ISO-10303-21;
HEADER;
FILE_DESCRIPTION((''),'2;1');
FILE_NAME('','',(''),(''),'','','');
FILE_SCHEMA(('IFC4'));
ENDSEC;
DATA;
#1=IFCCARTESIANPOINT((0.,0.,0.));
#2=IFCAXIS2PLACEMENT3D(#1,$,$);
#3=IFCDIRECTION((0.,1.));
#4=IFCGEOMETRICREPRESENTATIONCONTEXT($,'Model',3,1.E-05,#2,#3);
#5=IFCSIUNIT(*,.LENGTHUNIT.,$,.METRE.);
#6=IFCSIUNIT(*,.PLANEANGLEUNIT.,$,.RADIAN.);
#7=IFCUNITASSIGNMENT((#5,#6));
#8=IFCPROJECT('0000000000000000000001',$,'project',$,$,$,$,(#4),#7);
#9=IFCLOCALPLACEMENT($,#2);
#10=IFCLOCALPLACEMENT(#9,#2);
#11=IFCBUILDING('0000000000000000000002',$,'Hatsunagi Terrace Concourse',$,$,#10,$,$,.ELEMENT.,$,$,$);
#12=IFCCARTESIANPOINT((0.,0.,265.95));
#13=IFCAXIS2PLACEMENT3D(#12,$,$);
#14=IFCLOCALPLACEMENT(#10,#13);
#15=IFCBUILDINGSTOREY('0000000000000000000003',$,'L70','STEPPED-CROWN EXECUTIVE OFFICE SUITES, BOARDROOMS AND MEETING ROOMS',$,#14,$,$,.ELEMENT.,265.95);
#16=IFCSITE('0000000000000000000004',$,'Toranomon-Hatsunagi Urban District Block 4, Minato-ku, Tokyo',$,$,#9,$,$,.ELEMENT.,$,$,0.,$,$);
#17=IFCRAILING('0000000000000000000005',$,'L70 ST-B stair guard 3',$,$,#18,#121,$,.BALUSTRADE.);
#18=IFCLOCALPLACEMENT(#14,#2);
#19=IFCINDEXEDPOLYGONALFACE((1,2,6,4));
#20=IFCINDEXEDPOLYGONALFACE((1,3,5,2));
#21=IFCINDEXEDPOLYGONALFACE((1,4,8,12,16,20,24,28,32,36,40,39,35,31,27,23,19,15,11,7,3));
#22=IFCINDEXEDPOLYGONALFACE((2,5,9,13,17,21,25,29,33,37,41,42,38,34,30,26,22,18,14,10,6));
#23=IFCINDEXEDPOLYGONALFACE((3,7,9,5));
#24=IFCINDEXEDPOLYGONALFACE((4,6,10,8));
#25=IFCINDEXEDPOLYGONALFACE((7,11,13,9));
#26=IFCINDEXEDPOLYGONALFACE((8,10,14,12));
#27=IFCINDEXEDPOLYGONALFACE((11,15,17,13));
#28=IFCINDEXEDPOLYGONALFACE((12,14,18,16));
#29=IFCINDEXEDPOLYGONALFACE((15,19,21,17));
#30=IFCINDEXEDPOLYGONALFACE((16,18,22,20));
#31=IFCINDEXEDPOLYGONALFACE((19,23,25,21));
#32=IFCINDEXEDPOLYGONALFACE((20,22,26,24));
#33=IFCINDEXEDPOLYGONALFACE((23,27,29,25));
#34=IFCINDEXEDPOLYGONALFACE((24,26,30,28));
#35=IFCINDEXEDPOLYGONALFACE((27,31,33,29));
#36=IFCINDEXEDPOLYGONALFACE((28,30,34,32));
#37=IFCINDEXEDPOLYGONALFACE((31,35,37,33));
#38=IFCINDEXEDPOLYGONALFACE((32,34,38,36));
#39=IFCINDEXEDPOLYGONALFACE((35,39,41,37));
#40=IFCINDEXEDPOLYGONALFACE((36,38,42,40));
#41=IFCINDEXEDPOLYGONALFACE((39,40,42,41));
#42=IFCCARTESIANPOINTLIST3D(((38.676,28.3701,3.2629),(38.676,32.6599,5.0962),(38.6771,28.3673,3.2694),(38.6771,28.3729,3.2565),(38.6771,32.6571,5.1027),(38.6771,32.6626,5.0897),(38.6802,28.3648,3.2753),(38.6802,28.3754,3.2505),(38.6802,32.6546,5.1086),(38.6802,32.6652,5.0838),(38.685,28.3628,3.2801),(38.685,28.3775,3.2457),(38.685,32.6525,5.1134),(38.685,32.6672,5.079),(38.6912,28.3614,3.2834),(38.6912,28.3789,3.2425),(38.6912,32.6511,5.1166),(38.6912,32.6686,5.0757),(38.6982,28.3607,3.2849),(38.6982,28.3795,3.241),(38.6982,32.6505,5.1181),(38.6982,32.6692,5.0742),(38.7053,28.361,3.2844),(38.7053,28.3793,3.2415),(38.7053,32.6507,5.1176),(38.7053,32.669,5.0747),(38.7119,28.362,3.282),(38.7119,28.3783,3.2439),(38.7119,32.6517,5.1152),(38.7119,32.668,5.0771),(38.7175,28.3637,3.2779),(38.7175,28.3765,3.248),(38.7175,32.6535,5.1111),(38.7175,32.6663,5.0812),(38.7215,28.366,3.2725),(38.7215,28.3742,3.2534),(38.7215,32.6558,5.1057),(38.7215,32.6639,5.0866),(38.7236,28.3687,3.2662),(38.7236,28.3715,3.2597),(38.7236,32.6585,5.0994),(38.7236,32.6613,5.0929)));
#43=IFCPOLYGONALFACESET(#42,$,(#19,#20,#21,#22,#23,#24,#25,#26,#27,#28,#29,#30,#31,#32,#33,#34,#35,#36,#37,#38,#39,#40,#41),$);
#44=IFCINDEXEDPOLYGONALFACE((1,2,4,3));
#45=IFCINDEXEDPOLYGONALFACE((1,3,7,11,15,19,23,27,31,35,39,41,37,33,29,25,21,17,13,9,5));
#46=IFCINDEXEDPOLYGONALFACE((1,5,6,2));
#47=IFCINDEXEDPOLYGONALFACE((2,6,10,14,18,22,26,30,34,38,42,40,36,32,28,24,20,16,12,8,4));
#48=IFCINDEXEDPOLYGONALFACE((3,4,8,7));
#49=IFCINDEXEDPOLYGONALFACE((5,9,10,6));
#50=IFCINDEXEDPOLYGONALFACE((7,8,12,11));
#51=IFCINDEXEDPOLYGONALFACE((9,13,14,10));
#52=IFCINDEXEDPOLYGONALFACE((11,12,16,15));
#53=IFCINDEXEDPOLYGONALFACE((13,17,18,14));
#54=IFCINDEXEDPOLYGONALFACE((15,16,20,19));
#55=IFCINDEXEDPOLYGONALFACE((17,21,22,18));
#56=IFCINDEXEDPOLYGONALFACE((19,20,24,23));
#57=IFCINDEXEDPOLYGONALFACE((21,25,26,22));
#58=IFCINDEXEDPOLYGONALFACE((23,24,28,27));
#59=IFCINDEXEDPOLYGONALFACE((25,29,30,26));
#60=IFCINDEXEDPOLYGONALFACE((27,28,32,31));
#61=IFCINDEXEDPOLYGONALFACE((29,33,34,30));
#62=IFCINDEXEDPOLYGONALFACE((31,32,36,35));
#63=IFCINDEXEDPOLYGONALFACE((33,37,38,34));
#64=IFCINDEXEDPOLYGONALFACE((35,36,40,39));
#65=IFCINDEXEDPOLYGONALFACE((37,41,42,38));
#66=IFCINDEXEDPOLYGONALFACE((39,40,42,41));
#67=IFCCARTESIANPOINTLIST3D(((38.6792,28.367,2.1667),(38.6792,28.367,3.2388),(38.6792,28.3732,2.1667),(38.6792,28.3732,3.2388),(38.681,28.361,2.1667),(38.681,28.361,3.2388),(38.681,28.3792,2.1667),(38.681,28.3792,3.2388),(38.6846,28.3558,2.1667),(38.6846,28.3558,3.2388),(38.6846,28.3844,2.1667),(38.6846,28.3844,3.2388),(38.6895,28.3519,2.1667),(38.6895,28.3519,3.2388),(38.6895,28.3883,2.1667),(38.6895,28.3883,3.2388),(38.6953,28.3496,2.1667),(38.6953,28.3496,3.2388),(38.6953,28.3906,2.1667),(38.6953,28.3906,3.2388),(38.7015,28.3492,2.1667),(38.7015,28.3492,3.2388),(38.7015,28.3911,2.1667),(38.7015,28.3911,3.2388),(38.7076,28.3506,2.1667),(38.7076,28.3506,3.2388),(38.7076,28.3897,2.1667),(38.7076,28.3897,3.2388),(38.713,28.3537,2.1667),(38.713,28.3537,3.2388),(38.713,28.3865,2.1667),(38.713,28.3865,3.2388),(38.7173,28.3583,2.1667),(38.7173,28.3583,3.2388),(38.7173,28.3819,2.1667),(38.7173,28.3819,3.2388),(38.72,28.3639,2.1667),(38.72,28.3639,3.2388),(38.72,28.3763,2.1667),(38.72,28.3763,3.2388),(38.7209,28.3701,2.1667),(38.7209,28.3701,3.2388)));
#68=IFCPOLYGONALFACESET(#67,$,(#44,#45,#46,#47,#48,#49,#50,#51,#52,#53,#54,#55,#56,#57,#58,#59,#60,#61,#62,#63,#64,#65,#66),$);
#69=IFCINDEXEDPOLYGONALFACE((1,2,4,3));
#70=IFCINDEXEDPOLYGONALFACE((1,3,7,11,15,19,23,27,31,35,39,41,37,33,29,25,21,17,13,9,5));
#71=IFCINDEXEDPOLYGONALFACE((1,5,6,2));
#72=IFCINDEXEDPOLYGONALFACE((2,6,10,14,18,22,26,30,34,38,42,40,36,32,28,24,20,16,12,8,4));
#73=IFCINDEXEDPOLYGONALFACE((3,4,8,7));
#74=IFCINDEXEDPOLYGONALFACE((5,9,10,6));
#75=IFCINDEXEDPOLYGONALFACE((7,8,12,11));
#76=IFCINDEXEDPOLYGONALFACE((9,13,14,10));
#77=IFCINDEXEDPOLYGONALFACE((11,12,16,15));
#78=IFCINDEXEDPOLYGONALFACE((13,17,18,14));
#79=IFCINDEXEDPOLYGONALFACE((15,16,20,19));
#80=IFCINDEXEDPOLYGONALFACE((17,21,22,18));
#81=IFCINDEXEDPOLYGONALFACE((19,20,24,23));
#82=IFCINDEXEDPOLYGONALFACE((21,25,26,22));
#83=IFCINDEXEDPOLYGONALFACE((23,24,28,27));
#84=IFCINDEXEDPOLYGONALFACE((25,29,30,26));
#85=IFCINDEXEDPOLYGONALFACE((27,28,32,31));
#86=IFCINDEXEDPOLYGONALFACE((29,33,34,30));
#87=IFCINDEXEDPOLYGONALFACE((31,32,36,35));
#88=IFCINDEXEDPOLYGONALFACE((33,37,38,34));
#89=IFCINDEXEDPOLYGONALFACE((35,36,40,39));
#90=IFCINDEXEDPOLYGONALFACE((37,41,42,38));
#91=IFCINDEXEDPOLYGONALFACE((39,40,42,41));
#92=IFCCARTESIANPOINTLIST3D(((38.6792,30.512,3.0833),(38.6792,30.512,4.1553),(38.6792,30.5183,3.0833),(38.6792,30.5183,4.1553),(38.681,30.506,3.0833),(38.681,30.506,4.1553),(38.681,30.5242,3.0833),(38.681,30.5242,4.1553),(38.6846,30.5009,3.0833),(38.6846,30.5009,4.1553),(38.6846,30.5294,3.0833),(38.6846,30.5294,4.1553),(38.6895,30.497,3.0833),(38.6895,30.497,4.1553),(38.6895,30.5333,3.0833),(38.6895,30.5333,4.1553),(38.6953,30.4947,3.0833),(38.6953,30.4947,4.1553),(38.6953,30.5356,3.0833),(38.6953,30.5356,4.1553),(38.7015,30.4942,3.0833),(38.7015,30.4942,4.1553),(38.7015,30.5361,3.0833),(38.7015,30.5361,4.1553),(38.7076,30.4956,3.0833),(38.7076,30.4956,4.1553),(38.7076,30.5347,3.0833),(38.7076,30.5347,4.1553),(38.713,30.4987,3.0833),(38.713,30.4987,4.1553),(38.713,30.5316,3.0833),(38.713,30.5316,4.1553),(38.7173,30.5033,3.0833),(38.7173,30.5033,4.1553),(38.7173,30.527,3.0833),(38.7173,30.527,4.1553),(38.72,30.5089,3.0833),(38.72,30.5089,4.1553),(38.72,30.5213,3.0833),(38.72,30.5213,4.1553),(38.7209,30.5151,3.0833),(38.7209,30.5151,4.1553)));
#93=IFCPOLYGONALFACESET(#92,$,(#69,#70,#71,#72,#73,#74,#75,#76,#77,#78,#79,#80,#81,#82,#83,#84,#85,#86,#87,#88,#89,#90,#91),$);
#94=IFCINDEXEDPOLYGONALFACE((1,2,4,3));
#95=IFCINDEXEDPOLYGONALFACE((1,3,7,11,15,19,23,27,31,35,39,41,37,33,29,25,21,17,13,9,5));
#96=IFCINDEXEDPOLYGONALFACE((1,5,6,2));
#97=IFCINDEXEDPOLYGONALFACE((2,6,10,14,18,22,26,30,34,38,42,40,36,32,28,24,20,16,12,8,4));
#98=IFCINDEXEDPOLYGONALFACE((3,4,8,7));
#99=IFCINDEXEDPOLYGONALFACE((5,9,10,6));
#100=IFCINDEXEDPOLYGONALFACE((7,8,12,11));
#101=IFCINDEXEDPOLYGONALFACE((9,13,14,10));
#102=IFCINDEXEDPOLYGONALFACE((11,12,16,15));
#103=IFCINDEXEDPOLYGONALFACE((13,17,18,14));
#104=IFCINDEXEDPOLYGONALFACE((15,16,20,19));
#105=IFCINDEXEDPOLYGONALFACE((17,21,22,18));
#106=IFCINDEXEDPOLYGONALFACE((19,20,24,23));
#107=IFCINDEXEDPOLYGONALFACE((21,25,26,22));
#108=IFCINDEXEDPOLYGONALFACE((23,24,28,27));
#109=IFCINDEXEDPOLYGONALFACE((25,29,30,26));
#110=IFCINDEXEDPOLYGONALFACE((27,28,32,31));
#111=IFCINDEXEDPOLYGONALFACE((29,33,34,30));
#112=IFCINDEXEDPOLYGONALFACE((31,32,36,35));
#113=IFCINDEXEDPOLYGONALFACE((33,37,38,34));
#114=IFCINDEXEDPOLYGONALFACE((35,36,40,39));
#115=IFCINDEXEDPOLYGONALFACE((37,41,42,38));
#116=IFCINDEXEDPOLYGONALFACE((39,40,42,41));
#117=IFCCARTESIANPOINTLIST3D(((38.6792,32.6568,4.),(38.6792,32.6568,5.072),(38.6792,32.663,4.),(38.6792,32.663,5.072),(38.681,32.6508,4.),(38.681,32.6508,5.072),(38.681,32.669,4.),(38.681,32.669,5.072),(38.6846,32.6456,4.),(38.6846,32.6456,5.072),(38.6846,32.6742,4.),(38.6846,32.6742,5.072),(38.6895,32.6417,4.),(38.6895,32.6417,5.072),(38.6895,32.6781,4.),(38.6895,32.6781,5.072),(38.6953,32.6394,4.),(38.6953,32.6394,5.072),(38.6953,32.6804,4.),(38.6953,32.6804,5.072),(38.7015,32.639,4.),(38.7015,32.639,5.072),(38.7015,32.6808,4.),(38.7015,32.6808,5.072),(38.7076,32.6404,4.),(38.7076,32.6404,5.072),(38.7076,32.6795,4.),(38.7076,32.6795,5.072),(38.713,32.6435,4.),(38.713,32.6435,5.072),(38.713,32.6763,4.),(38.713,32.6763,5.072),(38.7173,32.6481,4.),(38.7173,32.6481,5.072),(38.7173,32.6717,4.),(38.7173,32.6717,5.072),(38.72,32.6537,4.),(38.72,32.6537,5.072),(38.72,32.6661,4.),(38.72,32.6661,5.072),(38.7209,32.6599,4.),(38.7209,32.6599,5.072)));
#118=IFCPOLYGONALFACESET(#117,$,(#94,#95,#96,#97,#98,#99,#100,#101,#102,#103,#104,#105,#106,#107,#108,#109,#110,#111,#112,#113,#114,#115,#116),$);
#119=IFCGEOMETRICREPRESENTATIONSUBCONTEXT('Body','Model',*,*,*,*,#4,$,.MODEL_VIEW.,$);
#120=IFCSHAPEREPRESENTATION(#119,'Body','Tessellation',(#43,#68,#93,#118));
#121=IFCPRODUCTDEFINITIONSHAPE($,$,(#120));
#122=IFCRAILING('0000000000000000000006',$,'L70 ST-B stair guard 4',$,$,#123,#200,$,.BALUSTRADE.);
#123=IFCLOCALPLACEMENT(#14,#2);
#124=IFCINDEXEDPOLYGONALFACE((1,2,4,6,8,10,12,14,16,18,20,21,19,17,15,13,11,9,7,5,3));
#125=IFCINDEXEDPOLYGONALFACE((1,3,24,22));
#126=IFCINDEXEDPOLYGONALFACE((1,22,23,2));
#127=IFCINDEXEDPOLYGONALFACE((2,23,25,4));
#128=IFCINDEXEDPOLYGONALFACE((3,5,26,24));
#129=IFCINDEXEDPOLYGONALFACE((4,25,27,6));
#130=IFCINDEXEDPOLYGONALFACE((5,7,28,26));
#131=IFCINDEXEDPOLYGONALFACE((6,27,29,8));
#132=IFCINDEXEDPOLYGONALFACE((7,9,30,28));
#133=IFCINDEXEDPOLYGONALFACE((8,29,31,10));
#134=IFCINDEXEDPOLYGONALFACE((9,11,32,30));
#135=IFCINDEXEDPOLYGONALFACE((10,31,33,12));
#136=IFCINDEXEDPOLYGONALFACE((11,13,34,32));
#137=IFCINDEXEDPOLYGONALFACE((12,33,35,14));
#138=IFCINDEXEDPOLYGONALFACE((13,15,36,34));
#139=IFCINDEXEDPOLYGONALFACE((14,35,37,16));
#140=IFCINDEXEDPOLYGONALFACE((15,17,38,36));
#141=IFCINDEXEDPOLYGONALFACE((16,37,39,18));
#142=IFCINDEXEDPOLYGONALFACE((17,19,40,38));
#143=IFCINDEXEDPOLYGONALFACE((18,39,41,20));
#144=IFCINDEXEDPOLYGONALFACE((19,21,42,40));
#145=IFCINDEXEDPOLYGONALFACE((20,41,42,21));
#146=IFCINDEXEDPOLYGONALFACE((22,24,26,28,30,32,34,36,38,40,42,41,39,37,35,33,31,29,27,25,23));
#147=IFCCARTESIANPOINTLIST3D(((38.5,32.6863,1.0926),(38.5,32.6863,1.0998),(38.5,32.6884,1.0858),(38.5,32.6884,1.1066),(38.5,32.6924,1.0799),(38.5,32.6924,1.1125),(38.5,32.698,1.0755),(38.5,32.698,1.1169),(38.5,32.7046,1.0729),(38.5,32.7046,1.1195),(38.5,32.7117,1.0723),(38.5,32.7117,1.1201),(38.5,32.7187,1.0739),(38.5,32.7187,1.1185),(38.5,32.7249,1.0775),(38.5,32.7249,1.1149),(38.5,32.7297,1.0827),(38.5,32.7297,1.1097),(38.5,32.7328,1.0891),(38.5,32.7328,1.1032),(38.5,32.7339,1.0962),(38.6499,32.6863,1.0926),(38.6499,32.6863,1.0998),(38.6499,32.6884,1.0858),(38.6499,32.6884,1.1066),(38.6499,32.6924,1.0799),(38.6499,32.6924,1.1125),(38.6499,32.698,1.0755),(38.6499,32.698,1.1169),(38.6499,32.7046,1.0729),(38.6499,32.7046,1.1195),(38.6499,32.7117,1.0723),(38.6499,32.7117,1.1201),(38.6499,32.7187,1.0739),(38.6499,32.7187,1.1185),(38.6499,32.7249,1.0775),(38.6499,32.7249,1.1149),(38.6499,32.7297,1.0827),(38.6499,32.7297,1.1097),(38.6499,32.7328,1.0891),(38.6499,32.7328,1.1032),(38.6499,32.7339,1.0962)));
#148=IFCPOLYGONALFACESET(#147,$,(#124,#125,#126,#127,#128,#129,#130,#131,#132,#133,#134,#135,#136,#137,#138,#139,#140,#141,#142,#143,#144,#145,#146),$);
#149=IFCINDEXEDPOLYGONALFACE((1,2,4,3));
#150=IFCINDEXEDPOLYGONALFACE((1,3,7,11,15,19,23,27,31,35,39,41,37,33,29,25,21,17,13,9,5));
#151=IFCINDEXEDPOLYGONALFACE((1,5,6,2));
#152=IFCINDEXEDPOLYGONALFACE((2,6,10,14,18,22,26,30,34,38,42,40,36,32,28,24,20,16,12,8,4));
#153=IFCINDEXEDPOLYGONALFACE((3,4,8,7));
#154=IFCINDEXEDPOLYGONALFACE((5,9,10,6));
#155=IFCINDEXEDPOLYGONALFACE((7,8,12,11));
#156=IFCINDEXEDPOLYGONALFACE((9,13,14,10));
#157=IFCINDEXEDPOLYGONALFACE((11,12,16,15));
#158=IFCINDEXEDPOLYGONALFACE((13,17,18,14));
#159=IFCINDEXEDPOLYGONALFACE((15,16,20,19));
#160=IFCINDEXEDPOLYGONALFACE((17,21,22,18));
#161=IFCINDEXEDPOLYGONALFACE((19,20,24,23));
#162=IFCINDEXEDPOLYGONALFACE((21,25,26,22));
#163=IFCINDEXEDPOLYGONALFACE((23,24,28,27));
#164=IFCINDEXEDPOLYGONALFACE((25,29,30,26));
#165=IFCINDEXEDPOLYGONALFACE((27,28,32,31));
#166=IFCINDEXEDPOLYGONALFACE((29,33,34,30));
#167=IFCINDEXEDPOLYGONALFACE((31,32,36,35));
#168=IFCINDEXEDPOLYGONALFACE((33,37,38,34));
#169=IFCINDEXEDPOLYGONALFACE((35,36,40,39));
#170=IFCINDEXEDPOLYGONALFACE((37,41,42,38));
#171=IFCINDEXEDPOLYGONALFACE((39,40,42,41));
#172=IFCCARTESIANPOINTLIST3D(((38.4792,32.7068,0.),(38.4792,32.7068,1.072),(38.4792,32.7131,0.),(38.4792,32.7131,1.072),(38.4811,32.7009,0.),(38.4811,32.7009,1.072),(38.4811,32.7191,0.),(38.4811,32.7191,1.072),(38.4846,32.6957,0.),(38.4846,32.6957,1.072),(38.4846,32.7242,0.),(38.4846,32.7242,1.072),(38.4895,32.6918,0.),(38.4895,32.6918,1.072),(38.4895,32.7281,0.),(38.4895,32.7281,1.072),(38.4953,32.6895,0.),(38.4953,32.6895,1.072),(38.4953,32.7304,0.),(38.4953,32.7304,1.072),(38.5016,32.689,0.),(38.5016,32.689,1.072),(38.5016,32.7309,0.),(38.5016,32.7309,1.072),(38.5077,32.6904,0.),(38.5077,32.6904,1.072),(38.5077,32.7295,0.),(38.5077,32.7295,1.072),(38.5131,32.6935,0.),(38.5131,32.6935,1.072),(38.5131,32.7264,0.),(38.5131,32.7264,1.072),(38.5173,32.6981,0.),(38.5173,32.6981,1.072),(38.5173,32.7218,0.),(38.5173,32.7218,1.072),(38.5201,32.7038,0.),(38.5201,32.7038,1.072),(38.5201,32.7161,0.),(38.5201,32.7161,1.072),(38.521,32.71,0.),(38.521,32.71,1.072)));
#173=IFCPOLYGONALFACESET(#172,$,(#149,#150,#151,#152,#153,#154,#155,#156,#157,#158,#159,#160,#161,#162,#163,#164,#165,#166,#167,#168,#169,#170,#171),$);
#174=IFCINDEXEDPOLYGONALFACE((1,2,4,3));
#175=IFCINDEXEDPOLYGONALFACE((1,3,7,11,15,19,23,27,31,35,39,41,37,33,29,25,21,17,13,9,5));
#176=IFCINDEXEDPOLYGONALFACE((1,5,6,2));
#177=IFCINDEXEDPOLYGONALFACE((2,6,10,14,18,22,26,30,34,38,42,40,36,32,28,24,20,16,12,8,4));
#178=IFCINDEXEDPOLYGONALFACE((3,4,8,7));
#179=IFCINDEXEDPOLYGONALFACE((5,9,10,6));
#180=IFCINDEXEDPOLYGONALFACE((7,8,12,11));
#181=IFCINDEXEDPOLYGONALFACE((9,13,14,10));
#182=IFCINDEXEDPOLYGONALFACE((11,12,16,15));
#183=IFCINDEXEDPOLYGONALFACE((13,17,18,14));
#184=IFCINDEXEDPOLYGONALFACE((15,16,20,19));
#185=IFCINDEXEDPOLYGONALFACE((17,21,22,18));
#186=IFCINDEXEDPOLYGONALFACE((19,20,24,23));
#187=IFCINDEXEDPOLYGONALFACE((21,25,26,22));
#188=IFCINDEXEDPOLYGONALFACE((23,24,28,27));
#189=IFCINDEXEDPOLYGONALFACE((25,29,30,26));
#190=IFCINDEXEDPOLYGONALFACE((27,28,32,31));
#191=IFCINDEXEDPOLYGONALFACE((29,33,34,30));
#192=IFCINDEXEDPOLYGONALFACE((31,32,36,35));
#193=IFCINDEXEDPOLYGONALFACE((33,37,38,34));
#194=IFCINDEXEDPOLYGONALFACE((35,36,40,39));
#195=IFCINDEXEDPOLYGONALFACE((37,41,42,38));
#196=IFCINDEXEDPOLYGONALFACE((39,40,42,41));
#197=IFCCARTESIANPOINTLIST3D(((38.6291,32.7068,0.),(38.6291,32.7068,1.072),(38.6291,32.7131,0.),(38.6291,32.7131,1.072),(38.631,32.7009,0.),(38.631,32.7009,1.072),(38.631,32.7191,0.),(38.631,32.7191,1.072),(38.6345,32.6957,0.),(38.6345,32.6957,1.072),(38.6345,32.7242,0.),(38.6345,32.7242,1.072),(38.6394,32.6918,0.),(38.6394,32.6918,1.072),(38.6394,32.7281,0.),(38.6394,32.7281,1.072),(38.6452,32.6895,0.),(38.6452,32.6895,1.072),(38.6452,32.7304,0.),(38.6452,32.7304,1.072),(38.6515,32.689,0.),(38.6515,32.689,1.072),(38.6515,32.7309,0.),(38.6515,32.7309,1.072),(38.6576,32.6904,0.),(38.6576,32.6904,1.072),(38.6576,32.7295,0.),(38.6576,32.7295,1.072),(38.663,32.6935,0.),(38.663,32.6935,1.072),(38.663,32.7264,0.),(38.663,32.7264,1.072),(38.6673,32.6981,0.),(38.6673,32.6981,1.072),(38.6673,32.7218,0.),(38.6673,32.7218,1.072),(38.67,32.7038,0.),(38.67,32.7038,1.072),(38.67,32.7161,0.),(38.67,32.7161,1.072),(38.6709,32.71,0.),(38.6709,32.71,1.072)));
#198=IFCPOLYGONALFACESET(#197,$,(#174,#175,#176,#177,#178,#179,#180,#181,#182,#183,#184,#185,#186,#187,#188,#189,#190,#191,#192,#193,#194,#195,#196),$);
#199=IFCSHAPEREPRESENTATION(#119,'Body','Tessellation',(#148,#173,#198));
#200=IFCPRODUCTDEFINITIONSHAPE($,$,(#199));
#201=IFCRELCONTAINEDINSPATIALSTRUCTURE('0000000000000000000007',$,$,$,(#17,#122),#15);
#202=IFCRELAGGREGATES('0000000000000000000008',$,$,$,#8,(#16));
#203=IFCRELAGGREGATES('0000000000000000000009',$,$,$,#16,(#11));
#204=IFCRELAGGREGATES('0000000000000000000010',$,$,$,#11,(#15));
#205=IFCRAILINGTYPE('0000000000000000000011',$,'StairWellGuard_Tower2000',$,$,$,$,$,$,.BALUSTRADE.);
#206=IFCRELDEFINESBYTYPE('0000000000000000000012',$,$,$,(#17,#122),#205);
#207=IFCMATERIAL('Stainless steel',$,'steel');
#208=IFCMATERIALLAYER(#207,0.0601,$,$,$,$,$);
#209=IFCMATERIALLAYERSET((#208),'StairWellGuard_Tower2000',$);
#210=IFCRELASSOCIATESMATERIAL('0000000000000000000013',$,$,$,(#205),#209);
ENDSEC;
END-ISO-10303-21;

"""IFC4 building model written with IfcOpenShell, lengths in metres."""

from ifc_helpers import new_model, si_unit, direction, frame, origin, origin_2d, place, context, subcontext, project, spatial, circle, extrude, material, layer, layer_set, type_object, element, save


model = new_model("IFC4")

# Units and contexts
model_context = context("Model", 3, precision=1e-05, world=origin(), true_north=direction((0.0, 1.0)))
body_context = subcontext(model_context, "Body", "Model", "MODEL_VIEW")
ifc_project = project(units=[si_unit("LENGTHUNIT", "METRE"), si_unit("PLANEANGLEUNIT", "RADIAN")], contexts=[model_context])

# Site, building, storey
site_placement = place(None, origin())
site = spatial("IfcSite", under=ifc_project, at=site_placement, Name="Toranomon-Hatsunagi Urban District Block 4, Minato-ku, Tokyo", CompositionType="ELEMENT", RefElevation=0.0)
building_placement = place(site_placement, origin())
building = spatial("IfcBuilding", under=site, at=building_placement, Name="Hatsunagi Terrace Concourse", CompositionType="ELEMENT")
storey_placement = place(building_placement, frame((0.0, 0.0, 265.95)))
storey = spatial("IfcBuildingStorey", under=building, at=storey_placement, Name="L70", Description="STEPPED-CROWN EXECUTIVE OFFICE SUITES, BOARDROOMS AND MEETING ROOMS", CompositionType="ELEMENT", Elevation=265.95)

# Railings
ifc_material_1 = material(Name="Stainless steel", Category="steel")
ifc_layer_1 = layer(ifc_material_1, 0.0601)
ifc_layer_set_1 = layer_set([ifc_layer_1], Name="StairWellGuard_Tower2000")
railing_type_1 = type_object("IfcRailingType", Name="StairWellGuard_Tower2000", PredefinedType="BALUSTRADE", material=ifc_layer_set_1)
railing_1_placement = place(storey_placement, frame((38.7, 28.3701, 2.1667)))
element("IfcRailing", 1, at=railing_1_placement, inside=storey, type_object=railing_type_1, Name="L70 ST-B stair guard 3", PredefinedType="BALUSTRADE", context=body_context, shape_type="SweptSolid", body=[
    extrude(circle(Radius=0.0239, at=origin_2d()), frame((0.0, 0.0, 1.0962), z_axis=(0.0, 0.919551, 0.392972), x_axis=(-1.0, 0.0, 0.0)), (0.0, 0.0, 1.0), 4.665),
    extrude(circle(Radius=0.021, at=origin_2d()), origin(), (0.0, 0.0, 1.0), 1.072),
    extrude(circle(Radius=0.021, at=origin_2d()), frame((0.0, 2.145, 0.9165)), (0.0, 0.0, 1.0), 1.072),
    extrude(circle(Radius=0.021, at=origin_2d()), frame((0.0, 4.2898, 1.8333)), (0.0, 0.0, 1.0), 1.072),
])
railing_2_placement = place(storey_placement, frame((38.5, 32.71, 0.0)))
element("IfcRailing", 2, at=railing_2_placement, inside=storey, type_object=railing_type_1, Name="L70 ST-B stair guard 4", PredefinedType="BALUSTRADE", context=body_context, shape_type="SweptSolid", body=[
    extrude(circle(Radius=0.0239, at=origin_2d()), frame((0.0, 0.0, 1.0962), z_axis=(1.0, 0.0, 0.0), x_axis=(0.0, 1.0, 0.0)), (0.0, 0.0, 1.0), 0.1499),
    extrude(circle(Radius=0.021, at=origin_2d()), origin(), (0.0, 0.0, 1.0), 1.072),
    extrude(circle(Radius=0.021, at=origin_2d()), frame((0.1499, 0.0, 0.0)), (0.0, 0.0, 1.0), 1.072),
])

save(model, "model.ifc")
